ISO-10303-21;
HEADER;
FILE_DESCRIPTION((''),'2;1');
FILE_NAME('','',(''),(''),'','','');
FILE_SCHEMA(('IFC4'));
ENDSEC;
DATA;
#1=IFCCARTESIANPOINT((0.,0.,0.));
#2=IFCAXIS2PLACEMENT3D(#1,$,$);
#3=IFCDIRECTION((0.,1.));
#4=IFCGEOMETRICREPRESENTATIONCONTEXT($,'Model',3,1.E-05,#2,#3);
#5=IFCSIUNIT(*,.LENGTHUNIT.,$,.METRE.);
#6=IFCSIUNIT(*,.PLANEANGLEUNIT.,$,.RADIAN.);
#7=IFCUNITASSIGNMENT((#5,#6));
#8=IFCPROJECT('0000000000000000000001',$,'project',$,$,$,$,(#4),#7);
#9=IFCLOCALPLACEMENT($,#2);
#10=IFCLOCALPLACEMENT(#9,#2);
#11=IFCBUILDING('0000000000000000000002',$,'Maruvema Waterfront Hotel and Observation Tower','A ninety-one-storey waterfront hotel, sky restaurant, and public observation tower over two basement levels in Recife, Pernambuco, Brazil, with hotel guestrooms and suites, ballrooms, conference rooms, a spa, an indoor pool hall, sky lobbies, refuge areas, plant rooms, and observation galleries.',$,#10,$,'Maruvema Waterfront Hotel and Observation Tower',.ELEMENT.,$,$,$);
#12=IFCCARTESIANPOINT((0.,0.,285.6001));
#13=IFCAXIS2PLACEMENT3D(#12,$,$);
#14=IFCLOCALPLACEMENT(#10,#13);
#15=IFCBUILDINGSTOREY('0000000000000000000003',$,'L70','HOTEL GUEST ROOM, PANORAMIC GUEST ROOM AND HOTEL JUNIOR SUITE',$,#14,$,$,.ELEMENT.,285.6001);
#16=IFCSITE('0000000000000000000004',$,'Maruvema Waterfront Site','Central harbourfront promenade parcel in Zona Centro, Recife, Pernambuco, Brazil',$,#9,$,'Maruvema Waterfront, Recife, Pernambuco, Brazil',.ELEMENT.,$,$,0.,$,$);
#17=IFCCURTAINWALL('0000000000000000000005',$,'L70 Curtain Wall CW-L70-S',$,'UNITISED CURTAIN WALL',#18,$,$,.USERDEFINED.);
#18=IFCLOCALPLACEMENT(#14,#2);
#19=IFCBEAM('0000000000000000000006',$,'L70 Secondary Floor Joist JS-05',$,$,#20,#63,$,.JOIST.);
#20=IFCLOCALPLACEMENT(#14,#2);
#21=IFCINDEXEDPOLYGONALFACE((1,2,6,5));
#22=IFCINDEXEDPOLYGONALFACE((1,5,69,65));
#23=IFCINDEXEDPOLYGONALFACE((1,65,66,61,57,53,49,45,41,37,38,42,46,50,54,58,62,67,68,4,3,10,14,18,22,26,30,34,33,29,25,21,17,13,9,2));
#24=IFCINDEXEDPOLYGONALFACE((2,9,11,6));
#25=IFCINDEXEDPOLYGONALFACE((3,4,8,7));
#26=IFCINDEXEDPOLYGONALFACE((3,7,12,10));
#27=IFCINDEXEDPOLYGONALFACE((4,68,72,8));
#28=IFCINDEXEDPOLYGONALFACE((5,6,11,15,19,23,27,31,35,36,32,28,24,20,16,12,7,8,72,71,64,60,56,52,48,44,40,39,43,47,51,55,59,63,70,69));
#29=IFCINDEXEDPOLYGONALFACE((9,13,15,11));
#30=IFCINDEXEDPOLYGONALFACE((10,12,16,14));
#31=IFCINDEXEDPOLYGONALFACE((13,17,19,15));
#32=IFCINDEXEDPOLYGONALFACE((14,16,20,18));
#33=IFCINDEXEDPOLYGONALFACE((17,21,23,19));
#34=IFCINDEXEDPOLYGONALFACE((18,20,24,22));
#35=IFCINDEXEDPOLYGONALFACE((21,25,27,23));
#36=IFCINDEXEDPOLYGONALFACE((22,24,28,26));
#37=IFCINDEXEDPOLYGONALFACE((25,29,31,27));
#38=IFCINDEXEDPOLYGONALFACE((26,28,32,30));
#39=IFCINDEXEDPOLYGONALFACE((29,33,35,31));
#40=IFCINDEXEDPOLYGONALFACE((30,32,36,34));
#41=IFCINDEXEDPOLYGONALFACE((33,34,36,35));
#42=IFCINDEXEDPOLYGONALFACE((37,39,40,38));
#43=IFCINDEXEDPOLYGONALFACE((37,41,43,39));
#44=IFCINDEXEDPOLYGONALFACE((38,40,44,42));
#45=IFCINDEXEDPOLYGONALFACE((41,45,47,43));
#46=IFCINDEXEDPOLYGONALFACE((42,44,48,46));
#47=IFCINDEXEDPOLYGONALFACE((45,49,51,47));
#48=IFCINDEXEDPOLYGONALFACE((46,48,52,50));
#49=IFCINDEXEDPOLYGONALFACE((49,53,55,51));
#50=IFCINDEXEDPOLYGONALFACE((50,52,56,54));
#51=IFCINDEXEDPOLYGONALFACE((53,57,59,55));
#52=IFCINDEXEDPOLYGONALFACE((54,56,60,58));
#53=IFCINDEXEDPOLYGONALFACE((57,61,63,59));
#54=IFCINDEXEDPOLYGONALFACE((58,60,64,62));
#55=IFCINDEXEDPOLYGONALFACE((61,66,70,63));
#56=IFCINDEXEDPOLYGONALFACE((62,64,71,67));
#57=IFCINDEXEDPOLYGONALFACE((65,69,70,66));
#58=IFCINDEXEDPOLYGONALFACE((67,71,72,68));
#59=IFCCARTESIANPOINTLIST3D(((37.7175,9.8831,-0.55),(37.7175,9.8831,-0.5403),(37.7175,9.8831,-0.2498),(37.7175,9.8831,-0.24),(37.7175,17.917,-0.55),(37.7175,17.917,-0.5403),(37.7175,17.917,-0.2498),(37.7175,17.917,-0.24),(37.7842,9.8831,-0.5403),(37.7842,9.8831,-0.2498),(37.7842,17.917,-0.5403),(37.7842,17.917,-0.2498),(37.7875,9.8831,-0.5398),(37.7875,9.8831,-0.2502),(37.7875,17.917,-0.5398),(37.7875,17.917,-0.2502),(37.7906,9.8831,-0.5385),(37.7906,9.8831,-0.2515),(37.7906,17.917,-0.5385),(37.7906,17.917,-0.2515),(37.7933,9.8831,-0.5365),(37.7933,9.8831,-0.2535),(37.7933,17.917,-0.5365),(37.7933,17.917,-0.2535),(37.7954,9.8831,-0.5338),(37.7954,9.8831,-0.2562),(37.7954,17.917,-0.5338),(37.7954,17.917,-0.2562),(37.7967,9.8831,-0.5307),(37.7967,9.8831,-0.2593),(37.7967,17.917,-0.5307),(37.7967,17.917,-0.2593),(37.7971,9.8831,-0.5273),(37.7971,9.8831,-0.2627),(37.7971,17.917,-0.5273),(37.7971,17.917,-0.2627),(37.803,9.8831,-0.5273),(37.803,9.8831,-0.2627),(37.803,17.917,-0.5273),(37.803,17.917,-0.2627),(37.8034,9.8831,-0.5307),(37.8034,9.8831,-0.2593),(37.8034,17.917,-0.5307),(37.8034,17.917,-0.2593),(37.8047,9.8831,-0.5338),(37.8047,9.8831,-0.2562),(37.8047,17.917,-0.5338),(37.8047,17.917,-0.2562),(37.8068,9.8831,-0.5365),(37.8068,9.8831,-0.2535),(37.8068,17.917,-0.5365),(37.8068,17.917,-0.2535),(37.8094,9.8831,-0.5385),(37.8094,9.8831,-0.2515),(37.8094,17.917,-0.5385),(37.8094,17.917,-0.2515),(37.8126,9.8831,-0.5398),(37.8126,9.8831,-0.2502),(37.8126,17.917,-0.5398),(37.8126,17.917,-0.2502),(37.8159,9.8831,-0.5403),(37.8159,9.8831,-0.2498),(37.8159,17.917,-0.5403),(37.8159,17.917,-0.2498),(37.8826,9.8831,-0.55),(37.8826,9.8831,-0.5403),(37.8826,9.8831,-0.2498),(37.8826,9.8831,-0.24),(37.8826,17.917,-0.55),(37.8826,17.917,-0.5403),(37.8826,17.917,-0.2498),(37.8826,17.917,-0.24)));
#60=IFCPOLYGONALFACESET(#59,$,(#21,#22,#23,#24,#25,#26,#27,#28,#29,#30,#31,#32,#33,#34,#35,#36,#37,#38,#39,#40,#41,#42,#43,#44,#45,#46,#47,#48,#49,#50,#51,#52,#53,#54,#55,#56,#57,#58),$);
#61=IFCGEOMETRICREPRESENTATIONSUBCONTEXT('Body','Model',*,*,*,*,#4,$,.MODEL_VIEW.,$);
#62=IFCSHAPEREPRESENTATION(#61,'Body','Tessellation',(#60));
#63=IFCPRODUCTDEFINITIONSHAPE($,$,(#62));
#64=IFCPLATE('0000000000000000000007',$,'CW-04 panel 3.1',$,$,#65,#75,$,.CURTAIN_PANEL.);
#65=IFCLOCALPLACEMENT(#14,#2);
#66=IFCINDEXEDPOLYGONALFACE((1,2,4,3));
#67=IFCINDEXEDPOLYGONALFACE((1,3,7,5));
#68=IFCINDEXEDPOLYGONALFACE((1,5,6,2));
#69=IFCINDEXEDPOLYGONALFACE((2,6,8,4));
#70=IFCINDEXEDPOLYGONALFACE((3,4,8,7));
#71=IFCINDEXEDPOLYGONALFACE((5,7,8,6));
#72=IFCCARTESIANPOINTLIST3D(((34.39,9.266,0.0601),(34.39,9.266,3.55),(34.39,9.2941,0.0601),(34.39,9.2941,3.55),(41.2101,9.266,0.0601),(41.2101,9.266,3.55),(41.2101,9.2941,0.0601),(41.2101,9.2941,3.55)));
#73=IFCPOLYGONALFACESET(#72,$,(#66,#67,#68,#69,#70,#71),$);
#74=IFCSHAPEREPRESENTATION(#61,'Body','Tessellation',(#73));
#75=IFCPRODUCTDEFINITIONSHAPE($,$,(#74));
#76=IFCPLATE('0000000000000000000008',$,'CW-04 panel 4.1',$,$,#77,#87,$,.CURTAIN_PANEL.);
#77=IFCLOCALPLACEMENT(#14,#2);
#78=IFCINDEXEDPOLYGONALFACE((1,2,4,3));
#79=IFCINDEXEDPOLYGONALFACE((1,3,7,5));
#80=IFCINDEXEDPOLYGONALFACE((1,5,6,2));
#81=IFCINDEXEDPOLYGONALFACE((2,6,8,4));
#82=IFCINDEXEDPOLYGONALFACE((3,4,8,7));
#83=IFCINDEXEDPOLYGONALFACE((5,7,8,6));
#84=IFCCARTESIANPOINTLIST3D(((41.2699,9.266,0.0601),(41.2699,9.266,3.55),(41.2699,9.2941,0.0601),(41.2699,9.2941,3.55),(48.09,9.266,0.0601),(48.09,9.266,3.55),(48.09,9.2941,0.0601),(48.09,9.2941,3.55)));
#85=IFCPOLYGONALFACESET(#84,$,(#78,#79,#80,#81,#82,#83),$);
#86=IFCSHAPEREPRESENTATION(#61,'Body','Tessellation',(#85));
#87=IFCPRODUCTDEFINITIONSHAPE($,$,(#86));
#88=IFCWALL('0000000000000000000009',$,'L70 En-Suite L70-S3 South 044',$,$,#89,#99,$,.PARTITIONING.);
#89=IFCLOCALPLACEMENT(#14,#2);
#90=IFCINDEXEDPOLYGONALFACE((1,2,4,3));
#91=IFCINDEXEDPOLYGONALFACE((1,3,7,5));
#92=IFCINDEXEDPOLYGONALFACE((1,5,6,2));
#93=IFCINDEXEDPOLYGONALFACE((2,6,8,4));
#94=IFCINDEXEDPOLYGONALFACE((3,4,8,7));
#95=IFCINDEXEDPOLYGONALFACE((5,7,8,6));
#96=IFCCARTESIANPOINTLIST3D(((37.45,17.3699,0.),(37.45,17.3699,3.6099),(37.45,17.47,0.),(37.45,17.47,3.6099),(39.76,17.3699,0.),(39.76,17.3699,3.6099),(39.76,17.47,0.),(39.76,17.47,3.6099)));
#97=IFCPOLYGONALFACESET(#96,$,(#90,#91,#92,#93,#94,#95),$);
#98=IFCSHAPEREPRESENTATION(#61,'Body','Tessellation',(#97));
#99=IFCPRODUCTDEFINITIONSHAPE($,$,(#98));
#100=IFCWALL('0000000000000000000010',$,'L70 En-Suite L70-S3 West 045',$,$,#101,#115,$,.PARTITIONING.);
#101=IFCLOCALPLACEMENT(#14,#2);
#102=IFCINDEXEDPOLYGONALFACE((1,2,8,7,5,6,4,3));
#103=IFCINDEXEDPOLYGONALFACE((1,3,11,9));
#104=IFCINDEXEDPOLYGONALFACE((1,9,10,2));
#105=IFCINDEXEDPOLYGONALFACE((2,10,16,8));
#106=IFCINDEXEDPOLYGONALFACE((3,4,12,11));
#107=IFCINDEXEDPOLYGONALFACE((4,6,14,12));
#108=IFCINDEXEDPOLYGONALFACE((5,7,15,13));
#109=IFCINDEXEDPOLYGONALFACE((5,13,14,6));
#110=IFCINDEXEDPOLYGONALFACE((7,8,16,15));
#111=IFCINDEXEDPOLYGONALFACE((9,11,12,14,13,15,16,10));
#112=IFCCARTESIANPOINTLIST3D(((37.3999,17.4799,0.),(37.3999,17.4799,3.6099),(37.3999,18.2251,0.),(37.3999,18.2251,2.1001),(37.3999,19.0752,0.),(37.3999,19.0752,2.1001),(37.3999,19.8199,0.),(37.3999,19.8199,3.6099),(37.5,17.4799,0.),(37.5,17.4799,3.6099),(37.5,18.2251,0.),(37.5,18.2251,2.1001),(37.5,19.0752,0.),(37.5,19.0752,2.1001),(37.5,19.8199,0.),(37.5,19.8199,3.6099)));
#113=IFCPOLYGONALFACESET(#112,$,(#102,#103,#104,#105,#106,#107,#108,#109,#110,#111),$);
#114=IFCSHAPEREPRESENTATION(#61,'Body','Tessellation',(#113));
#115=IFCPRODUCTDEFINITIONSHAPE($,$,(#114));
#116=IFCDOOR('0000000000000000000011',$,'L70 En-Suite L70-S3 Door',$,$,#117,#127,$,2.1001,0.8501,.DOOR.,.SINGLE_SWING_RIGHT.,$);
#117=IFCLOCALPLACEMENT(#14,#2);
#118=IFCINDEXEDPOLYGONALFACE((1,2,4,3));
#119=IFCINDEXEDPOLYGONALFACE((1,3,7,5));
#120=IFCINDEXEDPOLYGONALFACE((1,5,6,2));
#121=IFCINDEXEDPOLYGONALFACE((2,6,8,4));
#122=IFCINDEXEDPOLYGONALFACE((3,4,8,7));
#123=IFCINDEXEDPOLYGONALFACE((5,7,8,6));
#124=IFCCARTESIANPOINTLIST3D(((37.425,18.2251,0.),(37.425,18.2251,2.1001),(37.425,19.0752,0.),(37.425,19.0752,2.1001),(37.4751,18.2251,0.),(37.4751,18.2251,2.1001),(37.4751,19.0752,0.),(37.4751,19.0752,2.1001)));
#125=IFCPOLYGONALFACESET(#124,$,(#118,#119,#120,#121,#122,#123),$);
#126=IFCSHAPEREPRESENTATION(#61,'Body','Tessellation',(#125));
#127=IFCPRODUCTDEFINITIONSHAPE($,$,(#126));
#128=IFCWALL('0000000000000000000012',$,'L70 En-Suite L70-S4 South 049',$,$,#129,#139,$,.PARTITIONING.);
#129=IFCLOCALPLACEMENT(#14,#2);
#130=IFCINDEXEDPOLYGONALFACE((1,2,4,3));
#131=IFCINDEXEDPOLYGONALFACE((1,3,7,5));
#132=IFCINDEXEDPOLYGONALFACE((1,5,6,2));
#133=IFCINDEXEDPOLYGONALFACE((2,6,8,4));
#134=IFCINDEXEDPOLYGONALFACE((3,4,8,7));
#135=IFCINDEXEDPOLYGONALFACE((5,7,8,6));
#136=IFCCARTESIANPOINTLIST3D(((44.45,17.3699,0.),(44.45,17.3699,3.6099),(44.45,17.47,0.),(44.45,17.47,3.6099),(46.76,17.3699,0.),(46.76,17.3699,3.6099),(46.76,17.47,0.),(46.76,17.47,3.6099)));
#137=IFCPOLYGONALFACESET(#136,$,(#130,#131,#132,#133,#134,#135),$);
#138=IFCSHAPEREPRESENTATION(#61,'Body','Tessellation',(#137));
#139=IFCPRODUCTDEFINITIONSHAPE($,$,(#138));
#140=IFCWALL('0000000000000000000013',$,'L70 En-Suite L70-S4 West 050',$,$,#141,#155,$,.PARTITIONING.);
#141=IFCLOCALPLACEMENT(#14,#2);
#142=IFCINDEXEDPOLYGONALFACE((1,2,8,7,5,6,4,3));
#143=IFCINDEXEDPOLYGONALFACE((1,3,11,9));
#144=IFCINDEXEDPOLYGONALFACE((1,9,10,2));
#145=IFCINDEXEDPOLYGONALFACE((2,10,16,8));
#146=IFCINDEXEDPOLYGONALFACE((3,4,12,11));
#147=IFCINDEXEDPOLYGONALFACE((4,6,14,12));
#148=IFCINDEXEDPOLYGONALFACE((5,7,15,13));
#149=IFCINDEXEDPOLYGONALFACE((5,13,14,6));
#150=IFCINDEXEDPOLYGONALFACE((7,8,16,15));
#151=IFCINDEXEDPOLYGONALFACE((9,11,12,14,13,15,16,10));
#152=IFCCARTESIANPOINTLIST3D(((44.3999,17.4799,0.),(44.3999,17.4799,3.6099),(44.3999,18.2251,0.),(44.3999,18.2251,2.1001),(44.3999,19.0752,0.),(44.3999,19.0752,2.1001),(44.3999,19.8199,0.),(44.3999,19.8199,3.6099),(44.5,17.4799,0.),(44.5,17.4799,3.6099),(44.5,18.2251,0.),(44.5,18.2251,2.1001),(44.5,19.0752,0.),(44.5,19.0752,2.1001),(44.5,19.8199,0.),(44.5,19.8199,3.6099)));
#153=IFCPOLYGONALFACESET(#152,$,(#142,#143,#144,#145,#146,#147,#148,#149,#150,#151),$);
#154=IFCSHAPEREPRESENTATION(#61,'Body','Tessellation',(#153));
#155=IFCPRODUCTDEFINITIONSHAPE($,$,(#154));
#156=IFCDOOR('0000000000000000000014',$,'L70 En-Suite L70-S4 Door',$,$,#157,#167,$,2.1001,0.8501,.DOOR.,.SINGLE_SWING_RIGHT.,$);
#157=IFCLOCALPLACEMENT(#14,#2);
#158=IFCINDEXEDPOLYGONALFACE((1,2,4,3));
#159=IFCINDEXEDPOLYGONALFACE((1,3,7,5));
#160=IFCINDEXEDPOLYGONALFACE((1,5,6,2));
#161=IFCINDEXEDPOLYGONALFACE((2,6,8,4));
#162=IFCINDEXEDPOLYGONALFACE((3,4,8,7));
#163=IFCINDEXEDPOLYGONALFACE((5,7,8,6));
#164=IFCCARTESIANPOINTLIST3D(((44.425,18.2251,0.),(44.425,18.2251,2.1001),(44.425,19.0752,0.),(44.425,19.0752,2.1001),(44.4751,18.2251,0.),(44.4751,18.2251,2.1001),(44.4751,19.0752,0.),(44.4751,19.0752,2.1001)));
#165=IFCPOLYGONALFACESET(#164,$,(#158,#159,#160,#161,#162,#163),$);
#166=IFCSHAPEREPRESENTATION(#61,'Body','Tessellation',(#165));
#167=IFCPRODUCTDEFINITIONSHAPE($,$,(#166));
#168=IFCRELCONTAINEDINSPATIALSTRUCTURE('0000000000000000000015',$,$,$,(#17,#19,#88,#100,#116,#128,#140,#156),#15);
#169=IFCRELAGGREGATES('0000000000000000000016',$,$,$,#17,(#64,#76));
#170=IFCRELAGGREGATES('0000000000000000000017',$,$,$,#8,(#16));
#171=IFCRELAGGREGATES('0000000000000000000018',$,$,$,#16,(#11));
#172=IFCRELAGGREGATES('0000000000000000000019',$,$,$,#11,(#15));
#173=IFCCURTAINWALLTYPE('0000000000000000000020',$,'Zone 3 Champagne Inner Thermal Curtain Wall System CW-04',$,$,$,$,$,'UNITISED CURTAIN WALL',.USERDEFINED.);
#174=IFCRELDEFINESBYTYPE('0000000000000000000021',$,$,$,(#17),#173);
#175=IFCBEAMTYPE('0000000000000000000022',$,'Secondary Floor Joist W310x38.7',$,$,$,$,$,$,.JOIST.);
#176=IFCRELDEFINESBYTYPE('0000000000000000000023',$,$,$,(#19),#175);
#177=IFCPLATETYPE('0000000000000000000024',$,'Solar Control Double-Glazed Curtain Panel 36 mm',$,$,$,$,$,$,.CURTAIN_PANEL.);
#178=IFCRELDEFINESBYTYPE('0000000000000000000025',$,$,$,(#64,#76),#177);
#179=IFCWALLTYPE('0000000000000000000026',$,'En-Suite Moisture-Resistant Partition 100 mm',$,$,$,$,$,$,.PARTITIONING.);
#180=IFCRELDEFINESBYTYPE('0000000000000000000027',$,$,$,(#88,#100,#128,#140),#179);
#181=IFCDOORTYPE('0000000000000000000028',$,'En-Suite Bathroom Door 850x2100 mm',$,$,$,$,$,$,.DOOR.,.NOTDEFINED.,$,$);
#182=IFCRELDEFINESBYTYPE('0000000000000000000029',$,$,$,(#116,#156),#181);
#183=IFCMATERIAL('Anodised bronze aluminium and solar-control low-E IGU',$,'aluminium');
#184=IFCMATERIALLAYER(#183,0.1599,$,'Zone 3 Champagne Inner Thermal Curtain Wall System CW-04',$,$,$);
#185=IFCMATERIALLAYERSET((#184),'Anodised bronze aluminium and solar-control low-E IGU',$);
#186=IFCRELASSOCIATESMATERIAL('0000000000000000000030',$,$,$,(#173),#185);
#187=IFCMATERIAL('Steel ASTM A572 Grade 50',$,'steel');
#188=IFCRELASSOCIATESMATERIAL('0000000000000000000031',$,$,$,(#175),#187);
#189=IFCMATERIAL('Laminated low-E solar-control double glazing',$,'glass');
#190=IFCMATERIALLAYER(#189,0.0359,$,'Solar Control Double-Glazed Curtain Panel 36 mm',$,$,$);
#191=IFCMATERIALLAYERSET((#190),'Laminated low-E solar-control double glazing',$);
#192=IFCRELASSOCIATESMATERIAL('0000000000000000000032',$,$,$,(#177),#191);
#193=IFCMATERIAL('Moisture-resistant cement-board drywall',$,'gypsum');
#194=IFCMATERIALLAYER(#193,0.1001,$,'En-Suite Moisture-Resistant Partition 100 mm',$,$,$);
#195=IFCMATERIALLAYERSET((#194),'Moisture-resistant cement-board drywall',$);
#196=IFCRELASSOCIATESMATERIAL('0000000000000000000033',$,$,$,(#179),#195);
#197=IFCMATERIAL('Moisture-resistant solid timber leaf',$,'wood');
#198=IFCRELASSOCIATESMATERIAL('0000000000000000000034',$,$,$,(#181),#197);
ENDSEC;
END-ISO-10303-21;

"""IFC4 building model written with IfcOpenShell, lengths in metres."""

from ifc_helpers import new_model, si_unit, direction, frame, frame_2d, origin, origin_2d, place, context, subcontext, project, spatial, rectangle, i_section, extrude, material, layer, layer_set, material_profile, profile_set, type_object, element, fill, aggregate, save


model = new_model("IFC4")

# Units and contexts
model_context = context("Model", 3, precision=1e-05, world=origin(), true_north=direction((0.0, 1.0)))
body_context = subcontext(model_context, "Body", "Model", "MODEL_VIEW")
ifc_project = project(units=[si_unit("LENGTHUNIT", "METRE"), si_unit("PLANEANGLEUNIT", "RADIAN")], contexts=[model_context])

# Site, building, storey
site_placement = place(None, origin())
site = spatial("IfcSite", under=ifc_project, at=site_placement, Name="Maruvema Waterfront Site", Description="Central harbourfront promenade parcel in Zona Centro, Recife, Pernambuco, Brazil", LongName="Maruvema Waterfront, Recife, Pernambuco, Brazil", CompositionType="ELEMENT", RefElevation=0.0)
building_placement = place(site_placement, origin())
building = spatial("IfcBuilding", under=site, at=building_placement, Name="Maruvema Waterfront Hotel and Observation Tower", Description="A ninety-one-storey waterfront hotel, sky restaurant, and public observation tower over two basement levels in Recife, Pernambuco, Brazil, with hotel guestrooms and suites, ballrooms, conference rooms, a spa, an indoor pool hall, sky lobbies, refuge areas, plant rooms, and observation galleries.", LongName="Maruvema Waterfront Hotel and Observation Tower", CompositionType="ELEMENT")
storey_placement = place(building_placement, frame((0.0, 0.0, 285.6001)))
storey = spatial("IfcBuildingStorey", under=building, at=storey_placement, Name="L70", Description="HOTEL GUEST ROOM, PANORAMIC GUEST ROOM AND HOTEL JUNIOR SUITE", CompositionType="ELEMENT", Elevation=285.6001)

# Curtain wall
ifc_material_1 = material(Name="Anodised bronze aluminium and solar-control low-E IGU", Category="aluminium")
ifc_layer_1 = layer(ifc_material_1, 0.1599, Name="Zone 3 Champagne Inner Thermal Curtain Wall System CW-04")
ifc_layer_set_1 = layer_set([ifc_layer_1], Name="Anodised bronze aluminium and solar-control low-E IGU")
curtain_wall_type = type_object("IfcCurtainWallType", Name="Zone 3 Champagne Inner Thermal Curtain Wall System CW-04", ElementType="UNITISED CURTAIN WALL", PredefinedType="USERDEFINED", material=ifc_layer_set_1)
curtain_wall_placement = place(storey_placement, origin())
curtain_wall = element("IfcCurtainWall", 1, at=curtain_wall_placement, inside=storey, type_object=curtain_wall_type, Name="L70 Curtain Wall CW-L70-S", ObjectType="UNITISED CURTAIN WALL", PredefinedType="USERDEFINED")

# Beam
ifc_material_2 = material(Name="Steel ASTM A572 Grade 50", Category="steel")
ifc_material_profile_1 = material_profile(ifc_material_2, i_section(OverallWidth=0.165, OverallDepth=0.3101, WebThickness=0.0059, FlangeThickness=0.0098, FilletRadius=0.0129, at=origin_2d()), Name="W310x38.7")
ifc_profile_set_1 = profile_set([ifc_material_profile_1], Name="Steel ASTM A572 Grade 50")
beam_type_1 = type_object("IfcBeamType", Name="Secondary Floor Joist W310x38.7", PredefinedType="JOIST", material=ifc_profile_set_1)
beam_1_placement = place(storey_placement, frame((37.8, 9.8831, -0.395), z_axis=(0.0, 1.0, 0.0), x_axis=(-1.0, 0.0, 0.0)))
element("IfcBeam", 2, at=beam_1_placement, inside=storey, type_object=beam_type_1, Name="L70 Secondary Floor Joist JS-05", PredefinedType="JOIST", context=body_context, shape_type="SweptSolid", body=[
    extrude(i_section(OverallWidth=0.165, OverallDepth=0.3101, WebThickness=0.0059, FlangeThickness=0.0098, FilletRadius=0.0129, at=origin_2d()), origin(), (0.0, 0.0, 1.0), 8.0339),
])

# Plates
ifc_material_3 = material(Name="Laminated low-E solar-control double glazing", Category="glass")
ifc_layer_2 = layer(ifc_material_3, 0.0359, Name="Solar Control Double-Glazed Curtain Panel 36 mm")
ifc_layer_set_2 = layer_set([ifc_layer_2], Name="Laminated low-E solar-control double glazing")
plate_type = type_object("IfcPlateType", Name="Solar Control Double-Glazed Curtain Panel 36 mm", PredefinedType="CURTAIN_PANEL", material=ifc_layer_set_2)
plate_1_placement = place(storey_placement, frame((37.8, 9.28, 0.0601), z_axis=(0.0, 0.0, 1.0), x_axis=(1.0, 0.0, 0.0)))
plate_1 = element("IfcPlate", 3, at=plate_1_placement, type_object=plate_type, Name="CW-04 panel 3.1", PredefinedType="CURTAIN_PANEL", context=body_context, shape_type="SweptSolid", body=[
    extrude(rectangle(XDim=6.8201, YDim=0.0281, at=origin_2d()), origin(), (0.0, 0.0, 1.0), 3.49),
])
plate_2_placement = place(storey_placement, frame((44.6799, 9.28, 0.0601), z_axis=(0.0, 0.0, 1.0), x_axis=(1.0, 0.0, 0.0)))
plate_2 = element("IfcPlate", 4, at=plate_2_placement, type_object=plate_type, Name="CW-04 panel 4.1", PredefinedType="CURTAIN_PANEL", context=body_context, shape_type="SweptSolid", body=[
    extrude(rectangle(XDim=6.8201, YDim=0.0281, at=origin_2d()), origin(), (0.0, 0.0, 1.0), 3.49),
])
aggregate(curtain_wall, [plate_1, plate_2])

# Wall
ifc_material_4 = material(Name="Moisture-resistant cement-board drywall", Category="gypsum")
ifc_layer_3 = layer(ifc_material_4, 0.1001, Name="En-Suite Moisture-Resistant Partition 100 mm")
ifc_layer_set_3 = layer_set([ifc_layer_3], Name="Moisture-resistant cement-board drywall")
wall_type_1 = type_object("IfcWallType", Name="En-Suite Moisture-Resistant Partition 100 mm", PredefinedType="PARTITIONING", material=ifc_layer_set_3)
wall_1_placement = place(storey_placement, frame((37.45, 17.4199, 0.0), z_axis=(0.0, 0.0, 1.0), x_axis=(1.0, 0.0, 0.0)))
element("IfcWall", 5, at=wall_1_placement, inside=storey, type_object=wall_type_1, Name="L70 En-Suite L70-S3 South 044", PredefinedType="PARTITIONING", context=body_context, shape_type="SweptSolid", body=[
    extrude(rectangle(XDim=2.3101, YDim=0.1001, at=frame_2d((1.155, 0.0))), origin(), (0.0, 0.0, 1.0), 3.6099),
])

# Wall, opening, door
wall_2_placement = place(storey_placement, frame((37.45, 17.48, 0.0), z_axis=(0.0, 0.0, 1.0), x_axis=(0.0, 1.0, 0.0)))
wall_2 = element("IfcWall", 6, at=wall_2_placement, inside=storey, type_object=wall_type_1, Name="L70 En-Suite L70-S3 West 045", PredefinedType="PARTITIONING", context=body_context, shape_type="SweptSolid", body=[
    extrude(rectangle(XDim=2.3401, YDim=0.1001, at=frame_2d((1.1699, 0.0))), origin(), (0.0, 0.0, 1.0), 3.6099),
])
opening_1_placement = place(wall_2_placement, frame((0.7451, 0.0, 0.0)))
opening_1 = element("IfcOpeningElement", 7, at=opening_1_placement, cuts=wall_2, PredefinedType="OPENING", context=body_context, shape_type="SweptSolid", body=[
    extrude(rectangle(XDim=0.8501, YDim=2.1001, at=frame_2d((0.425, 1.05))), frame((0.0, 0.0601, 0.0), z_axis=(0.0, -1.0, 0.0), x_axis=(1.0, 0.0, 0.0)), (0.0, 0.0, 1.0), 0.1201),
])
ifc_material_5 = material(Name="Moisture-resistant solid timber leaf", Category="wood")
door_type_1 = type_object("IfcDoorType", Name="En-Suite Bathroom Door 850x2100 mm", OperationType="NOTDEFINED", PredefinedType="DOOR", material=ifc_material_5)
door_1_placement = place(opening_1_placement, origin())
door_1 = element("IfcDoor", 8, at=door_1_placement, inside=storey, type_object=door_type_1, Name="L70 En-Suite L70-S3 Door", OperationType="SINGLE_SWING_RIGHT", OverallHeight=2.1001, OverallWidth=0.8501, PredefinedType="DOOR", context=body_context, shape_type="SweptSolid", body=[
    extrude(rectangle(XDim=0.8501, YDim=2.1001, at=frame_2d((0.425, 1.05))), frame((0.0, 0.0249, 0.0), z_axis=(0.0, -1.0, 0.0), x_axis=(1.0, 0.0, 0.0)), (0.0, 0.0, 1.0), 0.05),
])
fill(opening_1, door_1)

# Wall
wall_3_placement = place(storey_placement, frame((44.45, 17.4199, 0.0), z_axis=(0.0, 0.0, 1.0), x_axis=(1.0, 0.0, 0.0)))
element("IfcWall", 9, at=wall_3_placement, inside=storey, type_object=wall_type_1, Name="L70 En-Suite L70-S4 South 049", PredefinedType="PARTITIONING", context=body_context, shape_type="SweptSolid", body=[
    extrude(rectangle(XDim=2.3101, YDim=0.1001, at=frame_2d((1.155, 0.0))), origin(), (0.0, 0.0, 1.0), 3.6099),
])

# Wall, opening, door
wall_4_placement = place(storey_placement, frame((44.45, 17.48, 0.0), z_axis=(0.0, 0.0, 1.0), x_axis=(0.0, 1.0, 0.0)))
wall_4 = element("IfcWall", 10, at=wall_4_placement, inside=storey, type_object=wall_type_1, Name="L70 En-Suite L70-S4 West 050", PredefinedType="PARTITIONING", context=body_context, shape_type="SweptSolid", body=[
    extrude(rectangle(XDim=2.3401, YDim=0.1001, at=frame_2d((1.1699, 0.0))), origin(), (0.0, 0.0, 1.0), 3.6099),
])
opening_2_placement = place(wall_4_placement, frame((0.7451, 0.0, 0.0)))
opening_2 = element("IfcOpeningElement", 11, at=opening_2_placement, cuts=wall_4, PredefinedType="OPENING", context=body_context, shape_type="SweptSolid", body=[
    extrude(rectangle(XDim=0.8501, YDim=2.1001, at=frame_2d((0.425, 1.05))), frame((0.0, 0.0601, 0.0), z_axis=(0.0, -1.0, 0.0), x_axis=(1.0, 0.0, 0.0)), (0.0, 0.0, 1.0), 0.1201),
])
door_2_placement = place(opening_2_placement, origin())
door_2 = element("IfcDoor", 12, at=door_2_placement, inside=storey, type_object=door_type_1, Name="L70 En-Suite L70-S4 Door", OperationType="SINGLE_SWING_RIGHT", OverallHeight=2.1001, OverallWidth=0.8501, PredefinedType="DOOR", context=body_context, shape_type="SweptSolid", body=[
    extrude(rectangle(XDim=0.8501, YDim=2.1001, at=frame_2d((0.425, 1.05))), frame((0.0, 0.0249, 0.0), z_axis=(0.0, -1.0, 0.0), x_axis=(1.0, 0.0, 0.0)), (0.0, 0.0, 1.0), 0.05),
])
fill(opening_2, door_2)

save(model, "model.ifc")
